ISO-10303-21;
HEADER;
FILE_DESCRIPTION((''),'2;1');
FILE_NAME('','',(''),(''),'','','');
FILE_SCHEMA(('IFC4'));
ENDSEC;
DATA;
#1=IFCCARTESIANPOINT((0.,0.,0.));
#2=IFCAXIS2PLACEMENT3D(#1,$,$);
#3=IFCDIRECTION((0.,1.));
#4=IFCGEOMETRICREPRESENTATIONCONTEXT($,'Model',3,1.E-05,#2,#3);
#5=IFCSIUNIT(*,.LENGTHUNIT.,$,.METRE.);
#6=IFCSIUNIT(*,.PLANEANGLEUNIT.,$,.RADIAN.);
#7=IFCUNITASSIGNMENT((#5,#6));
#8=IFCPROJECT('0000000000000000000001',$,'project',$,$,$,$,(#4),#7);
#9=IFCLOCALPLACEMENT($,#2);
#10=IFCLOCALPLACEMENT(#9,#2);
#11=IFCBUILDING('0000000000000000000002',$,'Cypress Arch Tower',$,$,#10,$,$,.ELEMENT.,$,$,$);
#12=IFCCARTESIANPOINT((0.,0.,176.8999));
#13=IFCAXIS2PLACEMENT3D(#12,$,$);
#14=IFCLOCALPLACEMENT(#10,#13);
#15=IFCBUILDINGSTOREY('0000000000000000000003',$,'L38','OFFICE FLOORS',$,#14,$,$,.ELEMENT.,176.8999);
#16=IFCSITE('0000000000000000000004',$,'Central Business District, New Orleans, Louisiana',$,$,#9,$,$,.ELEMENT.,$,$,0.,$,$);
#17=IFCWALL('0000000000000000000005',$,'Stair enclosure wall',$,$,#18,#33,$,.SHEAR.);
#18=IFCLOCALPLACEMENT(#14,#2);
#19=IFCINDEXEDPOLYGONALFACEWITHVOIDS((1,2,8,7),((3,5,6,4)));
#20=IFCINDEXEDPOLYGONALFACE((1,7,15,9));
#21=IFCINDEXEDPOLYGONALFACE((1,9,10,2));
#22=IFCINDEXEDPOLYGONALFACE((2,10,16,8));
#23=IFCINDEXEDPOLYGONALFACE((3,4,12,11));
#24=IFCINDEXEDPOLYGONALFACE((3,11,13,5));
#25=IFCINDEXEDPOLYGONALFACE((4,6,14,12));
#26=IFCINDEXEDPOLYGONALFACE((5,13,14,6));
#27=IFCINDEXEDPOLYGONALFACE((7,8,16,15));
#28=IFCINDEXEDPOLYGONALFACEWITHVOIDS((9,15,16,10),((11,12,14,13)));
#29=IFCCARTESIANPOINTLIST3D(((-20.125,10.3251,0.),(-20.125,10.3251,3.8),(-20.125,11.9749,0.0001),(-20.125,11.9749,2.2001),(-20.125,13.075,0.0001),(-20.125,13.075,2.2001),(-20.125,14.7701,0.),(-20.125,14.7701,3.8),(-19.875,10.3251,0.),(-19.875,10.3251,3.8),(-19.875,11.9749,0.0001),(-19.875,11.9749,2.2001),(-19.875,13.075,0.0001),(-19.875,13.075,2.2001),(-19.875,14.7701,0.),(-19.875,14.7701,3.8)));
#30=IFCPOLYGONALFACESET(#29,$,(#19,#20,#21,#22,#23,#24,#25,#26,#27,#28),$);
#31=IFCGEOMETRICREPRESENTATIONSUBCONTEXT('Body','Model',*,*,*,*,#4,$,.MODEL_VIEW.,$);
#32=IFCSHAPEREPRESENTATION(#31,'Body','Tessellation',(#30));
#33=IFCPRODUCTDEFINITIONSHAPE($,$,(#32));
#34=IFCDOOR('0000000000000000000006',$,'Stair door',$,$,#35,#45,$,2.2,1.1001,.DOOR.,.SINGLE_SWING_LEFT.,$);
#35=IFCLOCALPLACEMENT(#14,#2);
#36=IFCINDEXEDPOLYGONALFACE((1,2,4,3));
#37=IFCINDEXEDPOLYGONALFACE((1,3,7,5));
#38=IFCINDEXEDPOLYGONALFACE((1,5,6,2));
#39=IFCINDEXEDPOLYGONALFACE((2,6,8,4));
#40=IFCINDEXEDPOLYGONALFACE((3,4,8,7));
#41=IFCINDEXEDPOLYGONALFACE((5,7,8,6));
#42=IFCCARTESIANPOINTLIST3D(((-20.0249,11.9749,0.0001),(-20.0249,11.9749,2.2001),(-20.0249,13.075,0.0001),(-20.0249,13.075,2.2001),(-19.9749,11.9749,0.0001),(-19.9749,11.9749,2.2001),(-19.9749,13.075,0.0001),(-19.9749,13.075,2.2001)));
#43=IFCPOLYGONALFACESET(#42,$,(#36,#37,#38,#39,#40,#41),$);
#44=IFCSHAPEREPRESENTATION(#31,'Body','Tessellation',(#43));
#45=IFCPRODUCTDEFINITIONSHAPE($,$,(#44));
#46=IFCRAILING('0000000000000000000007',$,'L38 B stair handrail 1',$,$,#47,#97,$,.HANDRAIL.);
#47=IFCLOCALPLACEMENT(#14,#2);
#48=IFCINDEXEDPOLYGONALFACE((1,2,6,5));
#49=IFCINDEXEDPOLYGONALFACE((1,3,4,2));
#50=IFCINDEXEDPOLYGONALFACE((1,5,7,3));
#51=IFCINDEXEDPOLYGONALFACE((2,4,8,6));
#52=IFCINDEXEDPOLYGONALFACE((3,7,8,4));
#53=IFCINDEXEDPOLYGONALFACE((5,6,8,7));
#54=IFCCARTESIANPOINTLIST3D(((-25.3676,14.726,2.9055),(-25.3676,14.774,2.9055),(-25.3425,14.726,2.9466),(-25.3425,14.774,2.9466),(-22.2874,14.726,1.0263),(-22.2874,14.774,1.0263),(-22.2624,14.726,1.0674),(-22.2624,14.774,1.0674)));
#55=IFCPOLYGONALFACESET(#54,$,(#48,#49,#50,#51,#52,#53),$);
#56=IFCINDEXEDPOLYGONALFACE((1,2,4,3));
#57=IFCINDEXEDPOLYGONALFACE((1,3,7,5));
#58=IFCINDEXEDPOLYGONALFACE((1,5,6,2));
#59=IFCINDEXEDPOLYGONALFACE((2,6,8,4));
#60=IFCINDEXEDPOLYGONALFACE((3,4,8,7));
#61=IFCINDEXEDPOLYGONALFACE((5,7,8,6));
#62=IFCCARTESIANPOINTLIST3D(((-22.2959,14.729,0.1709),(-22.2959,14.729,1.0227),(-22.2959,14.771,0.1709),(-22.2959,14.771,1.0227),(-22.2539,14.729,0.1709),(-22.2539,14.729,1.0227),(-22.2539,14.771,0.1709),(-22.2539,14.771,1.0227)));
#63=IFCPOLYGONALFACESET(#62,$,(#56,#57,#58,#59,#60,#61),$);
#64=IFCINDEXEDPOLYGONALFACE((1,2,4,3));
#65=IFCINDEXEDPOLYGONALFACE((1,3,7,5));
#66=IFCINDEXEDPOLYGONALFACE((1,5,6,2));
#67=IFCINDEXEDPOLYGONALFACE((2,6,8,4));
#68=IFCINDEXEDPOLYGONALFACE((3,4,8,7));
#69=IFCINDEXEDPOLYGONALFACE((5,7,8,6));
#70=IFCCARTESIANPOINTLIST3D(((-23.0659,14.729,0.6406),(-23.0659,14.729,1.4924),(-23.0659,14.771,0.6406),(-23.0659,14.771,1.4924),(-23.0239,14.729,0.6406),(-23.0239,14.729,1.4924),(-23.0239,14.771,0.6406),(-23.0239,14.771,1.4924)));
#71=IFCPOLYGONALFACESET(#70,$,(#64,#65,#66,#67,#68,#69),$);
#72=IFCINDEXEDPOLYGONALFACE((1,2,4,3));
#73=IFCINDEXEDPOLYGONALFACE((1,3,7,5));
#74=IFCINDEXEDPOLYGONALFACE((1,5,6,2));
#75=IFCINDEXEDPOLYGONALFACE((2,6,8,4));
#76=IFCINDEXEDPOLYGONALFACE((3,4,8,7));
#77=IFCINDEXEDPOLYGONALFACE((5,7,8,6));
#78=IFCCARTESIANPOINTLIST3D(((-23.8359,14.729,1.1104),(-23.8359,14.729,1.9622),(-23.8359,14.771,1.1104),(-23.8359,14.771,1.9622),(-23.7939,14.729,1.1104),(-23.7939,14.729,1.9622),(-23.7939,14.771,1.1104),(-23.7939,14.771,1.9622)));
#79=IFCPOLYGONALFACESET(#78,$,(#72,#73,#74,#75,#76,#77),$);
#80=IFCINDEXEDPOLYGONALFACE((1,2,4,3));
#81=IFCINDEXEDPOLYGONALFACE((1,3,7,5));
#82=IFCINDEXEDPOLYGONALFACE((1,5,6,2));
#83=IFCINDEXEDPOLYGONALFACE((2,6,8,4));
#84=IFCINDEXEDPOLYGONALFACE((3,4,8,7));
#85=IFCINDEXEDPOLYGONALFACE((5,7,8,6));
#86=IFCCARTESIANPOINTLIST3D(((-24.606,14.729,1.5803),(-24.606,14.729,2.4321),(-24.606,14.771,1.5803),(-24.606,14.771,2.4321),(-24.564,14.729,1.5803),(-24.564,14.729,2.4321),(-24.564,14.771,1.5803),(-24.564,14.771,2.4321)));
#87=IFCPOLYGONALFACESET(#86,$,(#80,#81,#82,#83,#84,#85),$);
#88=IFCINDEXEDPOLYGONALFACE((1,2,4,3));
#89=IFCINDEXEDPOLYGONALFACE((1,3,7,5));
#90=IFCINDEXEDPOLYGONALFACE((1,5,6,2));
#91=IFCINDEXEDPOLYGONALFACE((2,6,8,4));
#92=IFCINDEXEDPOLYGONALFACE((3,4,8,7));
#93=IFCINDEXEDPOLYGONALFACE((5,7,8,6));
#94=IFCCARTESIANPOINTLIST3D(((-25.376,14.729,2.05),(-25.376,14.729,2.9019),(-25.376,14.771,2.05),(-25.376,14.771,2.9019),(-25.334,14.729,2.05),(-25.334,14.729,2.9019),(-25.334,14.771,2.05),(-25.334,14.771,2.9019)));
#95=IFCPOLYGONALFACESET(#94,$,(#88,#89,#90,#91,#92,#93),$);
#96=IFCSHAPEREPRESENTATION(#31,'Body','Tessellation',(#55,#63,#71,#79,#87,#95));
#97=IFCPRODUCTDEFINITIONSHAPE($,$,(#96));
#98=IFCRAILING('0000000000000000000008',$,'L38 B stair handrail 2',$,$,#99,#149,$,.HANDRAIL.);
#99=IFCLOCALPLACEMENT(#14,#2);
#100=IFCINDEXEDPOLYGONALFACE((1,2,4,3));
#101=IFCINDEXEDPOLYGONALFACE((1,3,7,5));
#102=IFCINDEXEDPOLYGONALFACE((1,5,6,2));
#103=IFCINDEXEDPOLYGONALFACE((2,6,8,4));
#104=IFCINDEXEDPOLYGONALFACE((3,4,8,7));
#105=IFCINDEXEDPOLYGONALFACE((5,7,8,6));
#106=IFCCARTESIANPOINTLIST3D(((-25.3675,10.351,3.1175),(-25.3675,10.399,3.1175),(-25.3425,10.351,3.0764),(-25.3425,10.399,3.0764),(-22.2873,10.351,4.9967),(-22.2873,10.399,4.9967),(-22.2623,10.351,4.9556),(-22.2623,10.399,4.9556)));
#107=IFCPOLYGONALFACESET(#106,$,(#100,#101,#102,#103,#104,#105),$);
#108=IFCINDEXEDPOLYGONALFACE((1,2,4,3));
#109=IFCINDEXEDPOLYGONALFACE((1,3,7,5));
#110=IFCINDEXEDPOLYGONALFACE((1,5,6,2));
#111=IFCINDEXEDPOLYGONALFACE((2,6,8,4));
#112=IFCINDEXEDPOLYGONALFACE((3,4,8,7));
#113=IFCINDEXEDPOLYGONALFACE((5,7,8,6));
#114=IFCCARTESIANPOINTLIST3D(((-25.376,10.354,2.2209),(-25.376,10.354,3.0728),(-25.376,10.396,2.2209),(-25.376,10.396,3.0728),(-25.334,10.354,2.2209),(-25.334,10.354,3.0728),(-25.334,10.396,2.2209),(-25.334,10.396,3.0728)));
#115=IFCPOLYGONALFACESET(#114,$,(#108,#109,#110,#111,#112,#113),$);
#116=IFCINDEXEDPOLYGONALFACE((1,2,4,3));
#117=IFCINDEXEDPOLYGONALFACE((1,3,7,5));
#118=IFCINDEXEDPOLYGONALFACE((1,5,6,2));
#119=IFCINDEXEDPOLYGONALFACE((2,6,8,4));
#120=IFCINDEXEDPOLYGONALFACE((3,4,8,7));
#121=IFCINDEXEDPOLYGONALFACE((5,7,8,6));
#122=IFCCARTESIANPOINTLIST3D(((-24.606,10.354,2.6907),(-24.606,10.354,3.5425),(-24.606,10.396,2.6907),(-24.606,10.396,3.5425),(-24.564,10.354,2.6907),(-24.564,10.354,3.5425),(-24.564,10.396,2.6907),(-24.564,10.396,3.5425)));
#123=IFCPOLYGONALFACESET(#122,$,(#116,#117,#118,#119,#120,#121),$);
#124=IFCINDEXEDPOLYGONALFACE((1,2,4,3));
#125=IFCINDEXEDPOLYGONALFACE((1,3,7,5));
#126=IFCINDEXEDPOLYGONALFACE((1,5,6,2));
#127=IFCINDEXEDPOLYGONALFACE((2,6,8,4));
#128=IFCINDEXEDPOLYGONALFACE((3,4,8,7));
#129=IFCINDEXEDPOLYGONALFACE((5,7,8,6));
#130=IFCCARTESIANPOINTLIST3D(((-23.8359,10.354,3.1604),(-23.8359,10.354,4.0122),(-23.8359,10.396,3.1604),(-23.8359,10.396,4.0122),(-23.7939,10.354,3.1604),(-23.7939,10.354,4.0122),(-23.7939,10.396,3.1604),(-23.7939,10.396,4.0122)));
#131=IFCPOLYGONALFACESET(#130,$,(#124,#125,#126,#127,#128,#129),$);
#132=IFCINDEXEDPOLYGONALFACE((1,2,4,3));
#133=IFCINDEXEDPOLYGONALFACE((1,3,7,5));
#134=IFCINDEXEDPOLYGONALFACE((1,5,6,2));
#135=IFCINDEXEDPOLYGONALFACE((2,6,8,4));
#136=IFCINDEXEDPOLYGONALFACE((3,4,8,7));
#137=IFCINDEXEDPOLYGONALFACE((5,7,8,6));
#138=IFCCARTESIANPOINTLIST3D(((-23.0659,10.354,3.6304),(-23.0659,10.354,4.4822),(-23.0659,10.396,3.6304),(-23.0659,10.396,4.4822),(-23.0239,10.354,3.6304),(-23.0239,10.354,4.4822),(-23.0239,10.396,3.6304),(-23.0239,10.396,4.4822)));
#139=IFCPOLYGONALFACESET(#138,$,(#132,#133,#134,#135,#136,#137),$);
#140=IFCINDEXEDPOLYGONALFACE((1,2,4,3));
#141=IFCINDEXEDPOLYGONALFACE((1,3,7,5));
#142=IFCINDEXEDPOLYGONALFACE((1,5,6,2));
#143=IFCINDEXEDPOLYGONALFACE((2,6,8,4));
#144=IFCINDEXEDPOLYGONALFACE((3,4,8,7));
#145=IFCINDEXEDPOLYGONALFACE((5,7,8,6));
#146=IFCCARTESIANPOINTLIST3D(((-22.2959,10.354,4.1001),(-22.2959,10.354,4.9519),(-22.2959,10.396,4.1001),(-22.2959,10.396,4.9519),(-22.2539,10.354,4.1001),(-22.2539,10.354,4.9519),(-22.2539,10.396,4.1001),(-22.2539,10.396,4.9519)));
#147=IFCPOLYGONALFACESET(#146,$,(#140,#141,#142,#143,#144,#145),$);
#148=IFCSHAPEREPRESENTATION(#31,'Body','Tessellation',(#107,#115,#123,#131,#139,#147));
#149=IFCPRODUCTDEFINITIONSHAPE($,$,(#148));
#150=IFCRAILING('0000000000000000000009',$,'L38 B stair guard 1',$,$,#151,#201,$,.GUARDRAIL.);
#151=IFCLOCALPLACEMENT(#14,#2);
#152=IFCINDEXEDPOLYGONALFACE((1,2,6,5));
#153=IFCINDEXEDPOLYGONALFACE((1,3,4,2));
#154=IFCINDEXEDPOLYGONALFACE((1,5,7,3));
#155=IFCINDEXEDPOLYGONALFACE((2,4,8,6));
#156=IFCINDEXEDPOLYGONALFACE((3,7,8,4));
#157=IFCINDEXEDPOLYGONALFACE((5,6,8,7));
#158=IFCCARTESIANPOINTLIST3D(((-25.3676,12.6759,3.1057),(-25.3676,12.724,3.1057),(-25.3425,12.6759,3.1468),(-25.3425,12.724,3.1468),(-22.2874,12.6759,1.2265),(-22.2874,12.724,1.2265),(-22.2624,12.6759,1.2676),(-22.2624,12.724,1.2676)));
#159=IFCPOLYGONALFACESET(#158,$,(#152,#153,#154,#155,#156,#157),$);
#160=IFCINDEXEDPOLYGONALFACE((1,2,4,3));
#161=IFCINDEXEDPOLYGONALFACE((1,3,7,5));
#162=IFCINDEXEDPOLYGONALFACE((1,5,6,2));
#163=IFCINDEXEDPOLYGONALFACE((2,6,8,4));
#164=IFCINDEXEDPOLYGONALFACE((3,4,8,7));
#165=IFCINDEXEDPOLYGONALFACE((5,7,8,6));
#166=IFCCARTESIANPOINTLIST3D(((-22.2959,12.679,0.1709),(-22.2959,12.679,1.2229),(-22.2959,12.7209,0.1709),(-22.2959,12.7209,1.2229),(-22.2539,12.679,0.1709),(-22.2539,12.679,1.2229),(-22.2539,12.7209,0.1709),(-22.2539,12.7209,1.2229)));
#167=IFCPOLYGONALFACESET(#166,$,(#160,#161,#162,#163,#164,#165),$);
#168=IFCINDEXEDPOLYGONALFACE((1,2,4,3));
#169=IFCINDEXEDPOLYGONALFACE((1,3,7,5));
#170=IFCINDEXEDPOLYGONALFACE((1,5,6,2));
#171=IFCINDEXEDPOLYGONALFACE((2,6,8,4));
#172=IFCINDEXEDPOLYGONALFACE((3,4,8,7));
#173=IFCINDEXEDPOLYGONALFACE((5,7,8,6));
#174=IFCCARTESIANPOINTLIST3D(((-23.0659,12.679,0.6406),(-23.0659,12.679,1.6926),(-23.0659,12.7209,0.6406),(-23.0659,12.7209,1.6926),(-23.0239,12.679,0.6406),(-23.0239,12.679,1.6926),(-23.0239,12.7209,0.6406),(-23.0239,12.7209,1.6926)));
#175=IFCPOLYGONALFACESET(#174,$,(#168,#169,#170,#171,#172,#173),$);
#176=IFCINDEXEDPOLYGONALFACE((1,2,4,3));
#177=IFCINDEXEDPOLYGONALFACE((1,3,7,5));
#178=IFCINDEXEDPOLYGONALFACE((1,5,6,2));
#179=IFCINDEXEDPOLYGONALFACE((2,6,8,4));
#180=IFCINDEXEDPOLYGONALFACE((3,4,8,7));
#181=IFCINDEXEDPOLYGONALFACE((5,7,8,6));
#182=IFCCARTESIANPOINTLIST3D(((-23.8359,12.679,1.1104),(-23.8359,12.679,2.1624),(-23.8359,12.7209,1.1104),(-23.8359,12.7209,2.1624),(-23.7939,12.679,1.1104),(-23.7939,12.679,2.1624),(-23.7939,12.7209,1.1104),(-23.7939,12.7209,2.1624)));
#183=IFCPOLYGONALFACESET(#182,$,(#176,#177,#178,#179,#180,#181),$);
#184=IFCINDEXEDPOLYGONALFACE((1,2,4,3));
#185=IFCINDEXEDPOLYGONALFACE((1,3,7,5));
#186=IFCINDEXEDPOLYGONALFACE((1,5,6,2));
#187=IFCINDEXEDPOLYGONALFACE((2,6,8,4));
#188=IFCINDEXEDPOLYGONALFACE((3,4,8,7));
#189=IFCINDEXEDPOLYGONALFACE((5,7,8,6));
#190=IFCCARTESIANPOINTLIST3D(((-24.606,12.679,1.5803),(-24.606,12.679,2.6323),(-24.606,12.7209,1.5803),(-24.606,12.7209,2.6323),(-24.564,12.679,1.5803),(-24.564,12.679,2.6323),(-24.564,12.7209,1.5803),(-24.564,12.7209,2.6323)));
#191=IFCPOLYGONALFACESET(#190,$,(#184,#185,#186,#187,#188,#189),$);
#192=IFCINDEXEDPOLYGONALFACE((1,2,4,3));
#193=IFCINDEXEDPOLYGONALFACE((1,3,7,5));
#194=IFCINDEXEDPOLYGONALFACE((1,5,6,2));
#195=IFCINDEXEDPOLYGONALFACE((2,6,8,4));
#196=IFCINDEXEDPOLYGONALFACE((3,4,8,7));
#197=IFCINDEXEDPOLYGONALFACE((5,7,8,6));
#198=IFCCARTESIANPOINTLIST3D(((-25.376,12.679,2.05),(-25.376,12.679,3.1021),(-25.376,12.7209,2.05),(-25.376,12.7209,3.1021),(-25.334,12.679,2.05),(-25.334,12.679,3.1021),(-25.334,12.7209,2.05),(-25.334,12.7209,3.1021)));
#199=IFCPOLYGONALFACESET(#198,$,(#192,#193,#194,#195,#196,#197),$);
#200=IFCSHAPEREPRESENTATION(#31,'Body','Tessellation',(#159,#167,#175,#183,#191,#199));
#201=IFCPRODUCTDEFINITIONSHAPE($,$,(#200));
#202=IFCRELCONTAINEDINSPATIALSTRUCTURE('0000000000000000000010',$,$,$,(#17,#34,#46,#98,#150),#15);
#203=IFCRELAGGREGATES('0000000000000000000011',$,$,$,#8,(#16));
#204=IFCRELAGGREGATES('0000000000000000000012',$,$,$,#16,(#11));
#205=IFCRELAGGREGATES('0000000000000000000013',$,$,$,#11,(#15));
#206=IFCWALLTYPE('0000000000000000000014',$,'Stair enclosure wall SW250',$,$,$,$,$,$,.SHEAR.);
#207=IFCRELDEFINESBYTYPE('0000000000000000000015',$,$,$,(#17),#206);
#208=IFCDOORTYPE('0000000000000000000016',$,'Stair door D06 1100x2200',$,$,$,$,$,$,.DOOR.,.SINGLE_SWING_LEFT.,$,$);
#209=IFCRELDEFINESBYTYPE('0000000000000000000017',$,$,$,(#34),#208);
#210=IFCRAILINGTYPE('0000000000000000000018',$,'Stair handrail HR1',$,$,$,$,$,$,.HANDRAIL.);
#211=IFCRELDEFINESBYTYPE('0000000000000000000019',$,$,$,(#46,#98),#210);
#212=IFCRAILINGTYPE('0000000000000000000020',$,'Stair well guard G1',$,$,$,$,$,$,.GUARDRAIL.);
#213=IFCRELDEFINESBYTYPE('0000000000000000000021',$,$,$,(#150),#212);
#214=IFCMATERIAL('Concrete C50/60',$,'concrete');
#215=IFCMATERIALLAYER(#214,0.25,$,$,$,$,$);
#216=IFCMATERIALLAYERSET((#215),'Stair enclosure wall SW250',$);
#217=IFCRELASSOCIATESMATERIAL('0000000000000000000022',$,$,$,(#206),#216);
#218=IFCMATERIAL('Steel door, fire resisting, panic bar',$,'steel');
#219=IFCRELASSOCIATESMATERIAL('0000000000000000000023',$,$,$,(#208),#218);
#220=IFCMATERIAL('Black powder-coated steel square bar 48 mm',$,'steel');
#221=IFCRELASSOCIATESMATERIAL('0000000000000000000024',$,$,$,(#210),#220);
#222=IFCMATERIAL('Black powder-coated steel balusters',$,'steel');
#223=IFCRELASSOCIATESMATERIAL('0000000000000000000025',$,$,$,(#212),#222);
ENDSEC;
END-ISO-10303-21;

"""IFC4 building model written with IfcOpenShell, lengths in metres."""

from ifc_helpers import new_model, si_unit, direction, frame, frame_2d, origin, origin_2d, place, context, subcontext, project, spatial, rectangle, extrude, material, layer, layer_set, type_object, element, fill, save


model = new_model("IFC4")

# Units and contexts
model_context = context("Model", 3, precision=1e-05, world=origin(), true_north=direction((0.0, 1.0)))
body_context = subcontext(model_context, "Body", "Model", "MODEL_VIEW")
ifc_project = project(units=[si_unit("LENGTHUNIT", "METRE"), si_unit("PLANEANGLEUNIT", "RADIAN")], contexts=[model_context])

# Site, building, storey
site_placement = place(None, origin())
site = spatial("IfcSite", under=ifc_project, at=site_placement, Name="Central Business District, New Orleans, Louisiana", CompositionType="ELEMENT", RefElevation=0.0)
building_placement = place(site_placement, origin())
building = spatial("IfcBuilding", under=site, at=building_placement, Name="Cypress Arch Tower", CompositionType="ELEMENT")
storey_placement = place(building_placement, frame((0.0, 0.0, 176.8999)))
storey = spatial("IfcBuildingStorey", under=building, at=storey_placement, Name="L38", Description="OFFICE FLOORS", CompositionType="ELEMENT", Elevation=176.8999)

# Wall, opening, door
ifc_material_1 = material(Name="Concrete C50/60", Category="concrete")
ifc_layer_1 = layer(ifc_material_1, 0.25)
ifc_layer_set_1 = layer_set([ifc_layer_1], Name="Stair enclosure wall SW250")
wall_type_1 = type_object("IfcWallType", Name="Stair enclosure wall SW250", PredefinedType="SHEAR", material=ifc_layer_set_1)
wall_1_placement = place(storey_placement, frame((-20.0, 10.325, 0.0), z_axis=(0.0, 0.0, 1.0), x_axis=(0.0, 1.0, 0.0)))
wall_1 = element("IfcWall", 1, at=wall_1_placement, inside=storey, type_object=wall_type_1, Name="Stair enclosure wall", PredefinedType="SHEAR", context=body_context, shape_type="SweptSolid", body=[
    extrude(rectangle(XDim=4.4451, YDim=0.25, at=frame_2d((2.2227, 0.0))), origin(), (0.0, 0.0, 1.0), 3.8),
])
opening_1_placement = place(wall_1_placement, frame((1.6499, 0.0, 0.0)))
opening_1 = element("IfcOpeningElement", 2, at=opening_1_placement, cuts=wall_1, PredefinedType="OPENING", context=body_context, shape_type="SweptSolid", body=[
    extrude(rectangle(XDim=1.1001, YDim=2.2, at=frame_2d((0.55, 1.1001))), frame((0.0, 0.135, 0.0), z_axis=(0.0, -1.0, 0.0), x_axis=(1.0, 0.0, 0.0)), (0.0, 0.0, 1.0), 0.27),
])
ifc_material_2 = material(Name="Steel door, fire resisting, panic bar", Category="steel")
door_type_1 = type_object("IfcDoorType", Name="Stair door D06 1100x2200", OperationType="SINGLE_SWING_LEFT", PredefinedType="DOOR", material=ifc_material_2)
door_1_placement = place(opening_1_placement, origin())
door_1 = element("IfcDoor", 3, at=door_1_placement, inside=storey, type_object=door_type_1, Name="Stair door", OperationType="SINGLE_SWING_LEFT", OverallHeight=2.2, OverallWidth=1.1001, PredefinedType="DOOR", context=body_context, shape_type="SweptSolid", body=[
    extrude(rectangle(XDim=1.1001, YDim=2.2, at=frame_2d((0.55, 1.1001))), frame((0.0, 0.0249, 0.0), z_axis=(0.0, -1.0, 0.0), x_axis=(1.0, 0.0, 0.0)), (0.0, 0.0, 1.0), 0.05),
])
fill(opening_1, door_1)

# Railings
ifc_material_3 = material(Name="Black powder-coated steel square bar 48 mm", Category="steel")
railing_type_1 = type_object("IfcRailingType", Name="Stair handrail HR1", PredefinedType="HANDRAIL", material=ifc_material_3)
railing_1_placement = place(storey_placement, frame((-22.2749, 14.75, 0.1709)))
element("IfcRailing", 4, at=railing_1_placement, inside=storey, type_object=railing_type_1, Name="L38 B stair handrail 1", PredefinedType="HANDRAIL", context=body_context, shape_type="SweptSolid", body=[
    extrude(rectangle(XDim=0.0481, YDim=0.0481, at=origin_2d()), frame((0.0, 0.0, 0.876), z_axis=(-0.853666, 0.0, 0.52082), x_axis=(0.0, -1.0, 0.0)), (0.0, 0.0, 1.0), 3.6082),
    extrude(rectangle(XDim=0.042, YDim=0.042, at=origin_2d()), origin(), (0.0, 0.0, 1.0), 0.8518),
    extrude(rectangle(XDim=0.042, YDim=0.042, at=origin_2d()), frame((-0.77, 0.0, 0.4697)), (0.0, 0.0, 1.0), 0.8518),
    extrude(rectangle(XDim=0.042, YDim=0.042, at=origin_2d()), frame((-1.54, 0.0, 0.9395)), (0.0, 0.0, 1.0), 0.8518),
    extrude(rectangle(XDim=0.042, YDim=0.042, at=origin_2d()), frame((-2.3101, 0.0, 1.4094)), (0.0, 0.0, 1.0), 0.8518),
    extrude(rectangle(XDim=0.042, YDim=0.042, at=origin_2d()), frame((-3.0801, 0.0, 1.8792)), (0.0, 0.0, 1.0), 0.8518),
])
railing_2_placement = place(storey_placement, frame((-25.355, 10.375, 2.2209)))
element("IfcRailing", 5, at=railing_2_placement, inside=storey, type_object=railing_type_1, Name="L38 B stair handrail 2", PredefinedType="HANDRAIL", context=body_context, shape_type="SweptSolid", body=[
    extrude(rectangle(XDim=0.0481, YDim=0.0481, at=origin_2d()), frame((0.0, 0.0, 0.876), z_axis=(0.853666, 0.0, 0.52082), x_axis=(0.0, 1.0, 0.0)), (0.0, 0.0, 1.0), 3.6082),
    extrude(rectangle(XDim=0.042, YDim=0.042, at=origin_2d()), origin(), (0.0, 0.0, 1.0), 0.8518),
    extrude(rectangle(XDim=0.042, YDim=0.042, at=origin_2d()), frame((0.77, 0.0, 0.4697)), (0.0, 0.0, 1.0), 0.8518),
    extrude(rectangle(XDim=0.042, YDim=0.042, at=origin_2d()), frame((1.54, 0.0, 0.9395)), (0.0, 0.0, 1.0), 0.8518),
    extrude(rectangle(XDim=0.042, YDim=0.042, at=origin_2d()), frame((2.3101, 0.0, 1.4094)), (0.0, 0.0, 1.0), 0.8518),
    extrude(rectangle(XDim=0.042, YDim=0.042, at=origin_2d()), frame((3.0801, 0.0, 1.8792)), (0.0, 0.0, 1.0), 0.8518),
])
ifc_material_4 = material(Name="Black powder-coated steel balusters", Category="steel")
railing_type_2 = type_object("IfcRailingType", Name="Stair well guard G1", PredefinedType="GUARDRAIL", material=ifc_material_4)
railing_3_placement = place(storey_placement, frame((-22.2749, 12.7, 0.1709)))
element("IfcRailing", 6, at=railing_3_placement, inside=storey, type_object=railing_type_2, Name="L38 B stair guard 1", PredefinedType="GUARDRAIL", context=body_context, shape_type="SweptSolid", body=[
    extrude(rectangle(XDim=0.0481, YDim=0.0481, at=origin_2d()), frame((0.0, 0.0, 1.0762), z_axis=(-0.853666, 0.0, 0.52082), x_axis=(0.0, -1.0, 0.0)), (0.0, 0.0, 1.0), 3.6082),
    extrude(rectangle(XDim=0.042, YDim=0.042, at=origin_2d()), origin(), (0.0, 0.0, 1.0), 1.052),
    extrude(rectangle(XDim=0.042, YDim=0.042, at=origin_2d()), frame((-0.77, 0.0, 0.4697)), (0.0, 0.0, 1.0), 1.052),
    extrude(rectangle(XDim=0.042, YDim=0.042, at=origin_2d()), frame((-1.54, 0.0, 0.9395)), (0.0, 0.0, 1.0), 1.052),
    extrude(rectangle(XDim=0.042, YDim=0.042, at=origin_2d()), frame((-2.3101, 0.0, 1.4094)), (0.0, 0.0, 1.0), 1.052),
    extrude(rectangle(XDim=0.042, YDim=0.042, at=origin_2d()), frame((-3.0801, 0.0, 1.8792)), (0.0, 0.0, 1.0), 1.052),
])

save(model, "model.ifc")
